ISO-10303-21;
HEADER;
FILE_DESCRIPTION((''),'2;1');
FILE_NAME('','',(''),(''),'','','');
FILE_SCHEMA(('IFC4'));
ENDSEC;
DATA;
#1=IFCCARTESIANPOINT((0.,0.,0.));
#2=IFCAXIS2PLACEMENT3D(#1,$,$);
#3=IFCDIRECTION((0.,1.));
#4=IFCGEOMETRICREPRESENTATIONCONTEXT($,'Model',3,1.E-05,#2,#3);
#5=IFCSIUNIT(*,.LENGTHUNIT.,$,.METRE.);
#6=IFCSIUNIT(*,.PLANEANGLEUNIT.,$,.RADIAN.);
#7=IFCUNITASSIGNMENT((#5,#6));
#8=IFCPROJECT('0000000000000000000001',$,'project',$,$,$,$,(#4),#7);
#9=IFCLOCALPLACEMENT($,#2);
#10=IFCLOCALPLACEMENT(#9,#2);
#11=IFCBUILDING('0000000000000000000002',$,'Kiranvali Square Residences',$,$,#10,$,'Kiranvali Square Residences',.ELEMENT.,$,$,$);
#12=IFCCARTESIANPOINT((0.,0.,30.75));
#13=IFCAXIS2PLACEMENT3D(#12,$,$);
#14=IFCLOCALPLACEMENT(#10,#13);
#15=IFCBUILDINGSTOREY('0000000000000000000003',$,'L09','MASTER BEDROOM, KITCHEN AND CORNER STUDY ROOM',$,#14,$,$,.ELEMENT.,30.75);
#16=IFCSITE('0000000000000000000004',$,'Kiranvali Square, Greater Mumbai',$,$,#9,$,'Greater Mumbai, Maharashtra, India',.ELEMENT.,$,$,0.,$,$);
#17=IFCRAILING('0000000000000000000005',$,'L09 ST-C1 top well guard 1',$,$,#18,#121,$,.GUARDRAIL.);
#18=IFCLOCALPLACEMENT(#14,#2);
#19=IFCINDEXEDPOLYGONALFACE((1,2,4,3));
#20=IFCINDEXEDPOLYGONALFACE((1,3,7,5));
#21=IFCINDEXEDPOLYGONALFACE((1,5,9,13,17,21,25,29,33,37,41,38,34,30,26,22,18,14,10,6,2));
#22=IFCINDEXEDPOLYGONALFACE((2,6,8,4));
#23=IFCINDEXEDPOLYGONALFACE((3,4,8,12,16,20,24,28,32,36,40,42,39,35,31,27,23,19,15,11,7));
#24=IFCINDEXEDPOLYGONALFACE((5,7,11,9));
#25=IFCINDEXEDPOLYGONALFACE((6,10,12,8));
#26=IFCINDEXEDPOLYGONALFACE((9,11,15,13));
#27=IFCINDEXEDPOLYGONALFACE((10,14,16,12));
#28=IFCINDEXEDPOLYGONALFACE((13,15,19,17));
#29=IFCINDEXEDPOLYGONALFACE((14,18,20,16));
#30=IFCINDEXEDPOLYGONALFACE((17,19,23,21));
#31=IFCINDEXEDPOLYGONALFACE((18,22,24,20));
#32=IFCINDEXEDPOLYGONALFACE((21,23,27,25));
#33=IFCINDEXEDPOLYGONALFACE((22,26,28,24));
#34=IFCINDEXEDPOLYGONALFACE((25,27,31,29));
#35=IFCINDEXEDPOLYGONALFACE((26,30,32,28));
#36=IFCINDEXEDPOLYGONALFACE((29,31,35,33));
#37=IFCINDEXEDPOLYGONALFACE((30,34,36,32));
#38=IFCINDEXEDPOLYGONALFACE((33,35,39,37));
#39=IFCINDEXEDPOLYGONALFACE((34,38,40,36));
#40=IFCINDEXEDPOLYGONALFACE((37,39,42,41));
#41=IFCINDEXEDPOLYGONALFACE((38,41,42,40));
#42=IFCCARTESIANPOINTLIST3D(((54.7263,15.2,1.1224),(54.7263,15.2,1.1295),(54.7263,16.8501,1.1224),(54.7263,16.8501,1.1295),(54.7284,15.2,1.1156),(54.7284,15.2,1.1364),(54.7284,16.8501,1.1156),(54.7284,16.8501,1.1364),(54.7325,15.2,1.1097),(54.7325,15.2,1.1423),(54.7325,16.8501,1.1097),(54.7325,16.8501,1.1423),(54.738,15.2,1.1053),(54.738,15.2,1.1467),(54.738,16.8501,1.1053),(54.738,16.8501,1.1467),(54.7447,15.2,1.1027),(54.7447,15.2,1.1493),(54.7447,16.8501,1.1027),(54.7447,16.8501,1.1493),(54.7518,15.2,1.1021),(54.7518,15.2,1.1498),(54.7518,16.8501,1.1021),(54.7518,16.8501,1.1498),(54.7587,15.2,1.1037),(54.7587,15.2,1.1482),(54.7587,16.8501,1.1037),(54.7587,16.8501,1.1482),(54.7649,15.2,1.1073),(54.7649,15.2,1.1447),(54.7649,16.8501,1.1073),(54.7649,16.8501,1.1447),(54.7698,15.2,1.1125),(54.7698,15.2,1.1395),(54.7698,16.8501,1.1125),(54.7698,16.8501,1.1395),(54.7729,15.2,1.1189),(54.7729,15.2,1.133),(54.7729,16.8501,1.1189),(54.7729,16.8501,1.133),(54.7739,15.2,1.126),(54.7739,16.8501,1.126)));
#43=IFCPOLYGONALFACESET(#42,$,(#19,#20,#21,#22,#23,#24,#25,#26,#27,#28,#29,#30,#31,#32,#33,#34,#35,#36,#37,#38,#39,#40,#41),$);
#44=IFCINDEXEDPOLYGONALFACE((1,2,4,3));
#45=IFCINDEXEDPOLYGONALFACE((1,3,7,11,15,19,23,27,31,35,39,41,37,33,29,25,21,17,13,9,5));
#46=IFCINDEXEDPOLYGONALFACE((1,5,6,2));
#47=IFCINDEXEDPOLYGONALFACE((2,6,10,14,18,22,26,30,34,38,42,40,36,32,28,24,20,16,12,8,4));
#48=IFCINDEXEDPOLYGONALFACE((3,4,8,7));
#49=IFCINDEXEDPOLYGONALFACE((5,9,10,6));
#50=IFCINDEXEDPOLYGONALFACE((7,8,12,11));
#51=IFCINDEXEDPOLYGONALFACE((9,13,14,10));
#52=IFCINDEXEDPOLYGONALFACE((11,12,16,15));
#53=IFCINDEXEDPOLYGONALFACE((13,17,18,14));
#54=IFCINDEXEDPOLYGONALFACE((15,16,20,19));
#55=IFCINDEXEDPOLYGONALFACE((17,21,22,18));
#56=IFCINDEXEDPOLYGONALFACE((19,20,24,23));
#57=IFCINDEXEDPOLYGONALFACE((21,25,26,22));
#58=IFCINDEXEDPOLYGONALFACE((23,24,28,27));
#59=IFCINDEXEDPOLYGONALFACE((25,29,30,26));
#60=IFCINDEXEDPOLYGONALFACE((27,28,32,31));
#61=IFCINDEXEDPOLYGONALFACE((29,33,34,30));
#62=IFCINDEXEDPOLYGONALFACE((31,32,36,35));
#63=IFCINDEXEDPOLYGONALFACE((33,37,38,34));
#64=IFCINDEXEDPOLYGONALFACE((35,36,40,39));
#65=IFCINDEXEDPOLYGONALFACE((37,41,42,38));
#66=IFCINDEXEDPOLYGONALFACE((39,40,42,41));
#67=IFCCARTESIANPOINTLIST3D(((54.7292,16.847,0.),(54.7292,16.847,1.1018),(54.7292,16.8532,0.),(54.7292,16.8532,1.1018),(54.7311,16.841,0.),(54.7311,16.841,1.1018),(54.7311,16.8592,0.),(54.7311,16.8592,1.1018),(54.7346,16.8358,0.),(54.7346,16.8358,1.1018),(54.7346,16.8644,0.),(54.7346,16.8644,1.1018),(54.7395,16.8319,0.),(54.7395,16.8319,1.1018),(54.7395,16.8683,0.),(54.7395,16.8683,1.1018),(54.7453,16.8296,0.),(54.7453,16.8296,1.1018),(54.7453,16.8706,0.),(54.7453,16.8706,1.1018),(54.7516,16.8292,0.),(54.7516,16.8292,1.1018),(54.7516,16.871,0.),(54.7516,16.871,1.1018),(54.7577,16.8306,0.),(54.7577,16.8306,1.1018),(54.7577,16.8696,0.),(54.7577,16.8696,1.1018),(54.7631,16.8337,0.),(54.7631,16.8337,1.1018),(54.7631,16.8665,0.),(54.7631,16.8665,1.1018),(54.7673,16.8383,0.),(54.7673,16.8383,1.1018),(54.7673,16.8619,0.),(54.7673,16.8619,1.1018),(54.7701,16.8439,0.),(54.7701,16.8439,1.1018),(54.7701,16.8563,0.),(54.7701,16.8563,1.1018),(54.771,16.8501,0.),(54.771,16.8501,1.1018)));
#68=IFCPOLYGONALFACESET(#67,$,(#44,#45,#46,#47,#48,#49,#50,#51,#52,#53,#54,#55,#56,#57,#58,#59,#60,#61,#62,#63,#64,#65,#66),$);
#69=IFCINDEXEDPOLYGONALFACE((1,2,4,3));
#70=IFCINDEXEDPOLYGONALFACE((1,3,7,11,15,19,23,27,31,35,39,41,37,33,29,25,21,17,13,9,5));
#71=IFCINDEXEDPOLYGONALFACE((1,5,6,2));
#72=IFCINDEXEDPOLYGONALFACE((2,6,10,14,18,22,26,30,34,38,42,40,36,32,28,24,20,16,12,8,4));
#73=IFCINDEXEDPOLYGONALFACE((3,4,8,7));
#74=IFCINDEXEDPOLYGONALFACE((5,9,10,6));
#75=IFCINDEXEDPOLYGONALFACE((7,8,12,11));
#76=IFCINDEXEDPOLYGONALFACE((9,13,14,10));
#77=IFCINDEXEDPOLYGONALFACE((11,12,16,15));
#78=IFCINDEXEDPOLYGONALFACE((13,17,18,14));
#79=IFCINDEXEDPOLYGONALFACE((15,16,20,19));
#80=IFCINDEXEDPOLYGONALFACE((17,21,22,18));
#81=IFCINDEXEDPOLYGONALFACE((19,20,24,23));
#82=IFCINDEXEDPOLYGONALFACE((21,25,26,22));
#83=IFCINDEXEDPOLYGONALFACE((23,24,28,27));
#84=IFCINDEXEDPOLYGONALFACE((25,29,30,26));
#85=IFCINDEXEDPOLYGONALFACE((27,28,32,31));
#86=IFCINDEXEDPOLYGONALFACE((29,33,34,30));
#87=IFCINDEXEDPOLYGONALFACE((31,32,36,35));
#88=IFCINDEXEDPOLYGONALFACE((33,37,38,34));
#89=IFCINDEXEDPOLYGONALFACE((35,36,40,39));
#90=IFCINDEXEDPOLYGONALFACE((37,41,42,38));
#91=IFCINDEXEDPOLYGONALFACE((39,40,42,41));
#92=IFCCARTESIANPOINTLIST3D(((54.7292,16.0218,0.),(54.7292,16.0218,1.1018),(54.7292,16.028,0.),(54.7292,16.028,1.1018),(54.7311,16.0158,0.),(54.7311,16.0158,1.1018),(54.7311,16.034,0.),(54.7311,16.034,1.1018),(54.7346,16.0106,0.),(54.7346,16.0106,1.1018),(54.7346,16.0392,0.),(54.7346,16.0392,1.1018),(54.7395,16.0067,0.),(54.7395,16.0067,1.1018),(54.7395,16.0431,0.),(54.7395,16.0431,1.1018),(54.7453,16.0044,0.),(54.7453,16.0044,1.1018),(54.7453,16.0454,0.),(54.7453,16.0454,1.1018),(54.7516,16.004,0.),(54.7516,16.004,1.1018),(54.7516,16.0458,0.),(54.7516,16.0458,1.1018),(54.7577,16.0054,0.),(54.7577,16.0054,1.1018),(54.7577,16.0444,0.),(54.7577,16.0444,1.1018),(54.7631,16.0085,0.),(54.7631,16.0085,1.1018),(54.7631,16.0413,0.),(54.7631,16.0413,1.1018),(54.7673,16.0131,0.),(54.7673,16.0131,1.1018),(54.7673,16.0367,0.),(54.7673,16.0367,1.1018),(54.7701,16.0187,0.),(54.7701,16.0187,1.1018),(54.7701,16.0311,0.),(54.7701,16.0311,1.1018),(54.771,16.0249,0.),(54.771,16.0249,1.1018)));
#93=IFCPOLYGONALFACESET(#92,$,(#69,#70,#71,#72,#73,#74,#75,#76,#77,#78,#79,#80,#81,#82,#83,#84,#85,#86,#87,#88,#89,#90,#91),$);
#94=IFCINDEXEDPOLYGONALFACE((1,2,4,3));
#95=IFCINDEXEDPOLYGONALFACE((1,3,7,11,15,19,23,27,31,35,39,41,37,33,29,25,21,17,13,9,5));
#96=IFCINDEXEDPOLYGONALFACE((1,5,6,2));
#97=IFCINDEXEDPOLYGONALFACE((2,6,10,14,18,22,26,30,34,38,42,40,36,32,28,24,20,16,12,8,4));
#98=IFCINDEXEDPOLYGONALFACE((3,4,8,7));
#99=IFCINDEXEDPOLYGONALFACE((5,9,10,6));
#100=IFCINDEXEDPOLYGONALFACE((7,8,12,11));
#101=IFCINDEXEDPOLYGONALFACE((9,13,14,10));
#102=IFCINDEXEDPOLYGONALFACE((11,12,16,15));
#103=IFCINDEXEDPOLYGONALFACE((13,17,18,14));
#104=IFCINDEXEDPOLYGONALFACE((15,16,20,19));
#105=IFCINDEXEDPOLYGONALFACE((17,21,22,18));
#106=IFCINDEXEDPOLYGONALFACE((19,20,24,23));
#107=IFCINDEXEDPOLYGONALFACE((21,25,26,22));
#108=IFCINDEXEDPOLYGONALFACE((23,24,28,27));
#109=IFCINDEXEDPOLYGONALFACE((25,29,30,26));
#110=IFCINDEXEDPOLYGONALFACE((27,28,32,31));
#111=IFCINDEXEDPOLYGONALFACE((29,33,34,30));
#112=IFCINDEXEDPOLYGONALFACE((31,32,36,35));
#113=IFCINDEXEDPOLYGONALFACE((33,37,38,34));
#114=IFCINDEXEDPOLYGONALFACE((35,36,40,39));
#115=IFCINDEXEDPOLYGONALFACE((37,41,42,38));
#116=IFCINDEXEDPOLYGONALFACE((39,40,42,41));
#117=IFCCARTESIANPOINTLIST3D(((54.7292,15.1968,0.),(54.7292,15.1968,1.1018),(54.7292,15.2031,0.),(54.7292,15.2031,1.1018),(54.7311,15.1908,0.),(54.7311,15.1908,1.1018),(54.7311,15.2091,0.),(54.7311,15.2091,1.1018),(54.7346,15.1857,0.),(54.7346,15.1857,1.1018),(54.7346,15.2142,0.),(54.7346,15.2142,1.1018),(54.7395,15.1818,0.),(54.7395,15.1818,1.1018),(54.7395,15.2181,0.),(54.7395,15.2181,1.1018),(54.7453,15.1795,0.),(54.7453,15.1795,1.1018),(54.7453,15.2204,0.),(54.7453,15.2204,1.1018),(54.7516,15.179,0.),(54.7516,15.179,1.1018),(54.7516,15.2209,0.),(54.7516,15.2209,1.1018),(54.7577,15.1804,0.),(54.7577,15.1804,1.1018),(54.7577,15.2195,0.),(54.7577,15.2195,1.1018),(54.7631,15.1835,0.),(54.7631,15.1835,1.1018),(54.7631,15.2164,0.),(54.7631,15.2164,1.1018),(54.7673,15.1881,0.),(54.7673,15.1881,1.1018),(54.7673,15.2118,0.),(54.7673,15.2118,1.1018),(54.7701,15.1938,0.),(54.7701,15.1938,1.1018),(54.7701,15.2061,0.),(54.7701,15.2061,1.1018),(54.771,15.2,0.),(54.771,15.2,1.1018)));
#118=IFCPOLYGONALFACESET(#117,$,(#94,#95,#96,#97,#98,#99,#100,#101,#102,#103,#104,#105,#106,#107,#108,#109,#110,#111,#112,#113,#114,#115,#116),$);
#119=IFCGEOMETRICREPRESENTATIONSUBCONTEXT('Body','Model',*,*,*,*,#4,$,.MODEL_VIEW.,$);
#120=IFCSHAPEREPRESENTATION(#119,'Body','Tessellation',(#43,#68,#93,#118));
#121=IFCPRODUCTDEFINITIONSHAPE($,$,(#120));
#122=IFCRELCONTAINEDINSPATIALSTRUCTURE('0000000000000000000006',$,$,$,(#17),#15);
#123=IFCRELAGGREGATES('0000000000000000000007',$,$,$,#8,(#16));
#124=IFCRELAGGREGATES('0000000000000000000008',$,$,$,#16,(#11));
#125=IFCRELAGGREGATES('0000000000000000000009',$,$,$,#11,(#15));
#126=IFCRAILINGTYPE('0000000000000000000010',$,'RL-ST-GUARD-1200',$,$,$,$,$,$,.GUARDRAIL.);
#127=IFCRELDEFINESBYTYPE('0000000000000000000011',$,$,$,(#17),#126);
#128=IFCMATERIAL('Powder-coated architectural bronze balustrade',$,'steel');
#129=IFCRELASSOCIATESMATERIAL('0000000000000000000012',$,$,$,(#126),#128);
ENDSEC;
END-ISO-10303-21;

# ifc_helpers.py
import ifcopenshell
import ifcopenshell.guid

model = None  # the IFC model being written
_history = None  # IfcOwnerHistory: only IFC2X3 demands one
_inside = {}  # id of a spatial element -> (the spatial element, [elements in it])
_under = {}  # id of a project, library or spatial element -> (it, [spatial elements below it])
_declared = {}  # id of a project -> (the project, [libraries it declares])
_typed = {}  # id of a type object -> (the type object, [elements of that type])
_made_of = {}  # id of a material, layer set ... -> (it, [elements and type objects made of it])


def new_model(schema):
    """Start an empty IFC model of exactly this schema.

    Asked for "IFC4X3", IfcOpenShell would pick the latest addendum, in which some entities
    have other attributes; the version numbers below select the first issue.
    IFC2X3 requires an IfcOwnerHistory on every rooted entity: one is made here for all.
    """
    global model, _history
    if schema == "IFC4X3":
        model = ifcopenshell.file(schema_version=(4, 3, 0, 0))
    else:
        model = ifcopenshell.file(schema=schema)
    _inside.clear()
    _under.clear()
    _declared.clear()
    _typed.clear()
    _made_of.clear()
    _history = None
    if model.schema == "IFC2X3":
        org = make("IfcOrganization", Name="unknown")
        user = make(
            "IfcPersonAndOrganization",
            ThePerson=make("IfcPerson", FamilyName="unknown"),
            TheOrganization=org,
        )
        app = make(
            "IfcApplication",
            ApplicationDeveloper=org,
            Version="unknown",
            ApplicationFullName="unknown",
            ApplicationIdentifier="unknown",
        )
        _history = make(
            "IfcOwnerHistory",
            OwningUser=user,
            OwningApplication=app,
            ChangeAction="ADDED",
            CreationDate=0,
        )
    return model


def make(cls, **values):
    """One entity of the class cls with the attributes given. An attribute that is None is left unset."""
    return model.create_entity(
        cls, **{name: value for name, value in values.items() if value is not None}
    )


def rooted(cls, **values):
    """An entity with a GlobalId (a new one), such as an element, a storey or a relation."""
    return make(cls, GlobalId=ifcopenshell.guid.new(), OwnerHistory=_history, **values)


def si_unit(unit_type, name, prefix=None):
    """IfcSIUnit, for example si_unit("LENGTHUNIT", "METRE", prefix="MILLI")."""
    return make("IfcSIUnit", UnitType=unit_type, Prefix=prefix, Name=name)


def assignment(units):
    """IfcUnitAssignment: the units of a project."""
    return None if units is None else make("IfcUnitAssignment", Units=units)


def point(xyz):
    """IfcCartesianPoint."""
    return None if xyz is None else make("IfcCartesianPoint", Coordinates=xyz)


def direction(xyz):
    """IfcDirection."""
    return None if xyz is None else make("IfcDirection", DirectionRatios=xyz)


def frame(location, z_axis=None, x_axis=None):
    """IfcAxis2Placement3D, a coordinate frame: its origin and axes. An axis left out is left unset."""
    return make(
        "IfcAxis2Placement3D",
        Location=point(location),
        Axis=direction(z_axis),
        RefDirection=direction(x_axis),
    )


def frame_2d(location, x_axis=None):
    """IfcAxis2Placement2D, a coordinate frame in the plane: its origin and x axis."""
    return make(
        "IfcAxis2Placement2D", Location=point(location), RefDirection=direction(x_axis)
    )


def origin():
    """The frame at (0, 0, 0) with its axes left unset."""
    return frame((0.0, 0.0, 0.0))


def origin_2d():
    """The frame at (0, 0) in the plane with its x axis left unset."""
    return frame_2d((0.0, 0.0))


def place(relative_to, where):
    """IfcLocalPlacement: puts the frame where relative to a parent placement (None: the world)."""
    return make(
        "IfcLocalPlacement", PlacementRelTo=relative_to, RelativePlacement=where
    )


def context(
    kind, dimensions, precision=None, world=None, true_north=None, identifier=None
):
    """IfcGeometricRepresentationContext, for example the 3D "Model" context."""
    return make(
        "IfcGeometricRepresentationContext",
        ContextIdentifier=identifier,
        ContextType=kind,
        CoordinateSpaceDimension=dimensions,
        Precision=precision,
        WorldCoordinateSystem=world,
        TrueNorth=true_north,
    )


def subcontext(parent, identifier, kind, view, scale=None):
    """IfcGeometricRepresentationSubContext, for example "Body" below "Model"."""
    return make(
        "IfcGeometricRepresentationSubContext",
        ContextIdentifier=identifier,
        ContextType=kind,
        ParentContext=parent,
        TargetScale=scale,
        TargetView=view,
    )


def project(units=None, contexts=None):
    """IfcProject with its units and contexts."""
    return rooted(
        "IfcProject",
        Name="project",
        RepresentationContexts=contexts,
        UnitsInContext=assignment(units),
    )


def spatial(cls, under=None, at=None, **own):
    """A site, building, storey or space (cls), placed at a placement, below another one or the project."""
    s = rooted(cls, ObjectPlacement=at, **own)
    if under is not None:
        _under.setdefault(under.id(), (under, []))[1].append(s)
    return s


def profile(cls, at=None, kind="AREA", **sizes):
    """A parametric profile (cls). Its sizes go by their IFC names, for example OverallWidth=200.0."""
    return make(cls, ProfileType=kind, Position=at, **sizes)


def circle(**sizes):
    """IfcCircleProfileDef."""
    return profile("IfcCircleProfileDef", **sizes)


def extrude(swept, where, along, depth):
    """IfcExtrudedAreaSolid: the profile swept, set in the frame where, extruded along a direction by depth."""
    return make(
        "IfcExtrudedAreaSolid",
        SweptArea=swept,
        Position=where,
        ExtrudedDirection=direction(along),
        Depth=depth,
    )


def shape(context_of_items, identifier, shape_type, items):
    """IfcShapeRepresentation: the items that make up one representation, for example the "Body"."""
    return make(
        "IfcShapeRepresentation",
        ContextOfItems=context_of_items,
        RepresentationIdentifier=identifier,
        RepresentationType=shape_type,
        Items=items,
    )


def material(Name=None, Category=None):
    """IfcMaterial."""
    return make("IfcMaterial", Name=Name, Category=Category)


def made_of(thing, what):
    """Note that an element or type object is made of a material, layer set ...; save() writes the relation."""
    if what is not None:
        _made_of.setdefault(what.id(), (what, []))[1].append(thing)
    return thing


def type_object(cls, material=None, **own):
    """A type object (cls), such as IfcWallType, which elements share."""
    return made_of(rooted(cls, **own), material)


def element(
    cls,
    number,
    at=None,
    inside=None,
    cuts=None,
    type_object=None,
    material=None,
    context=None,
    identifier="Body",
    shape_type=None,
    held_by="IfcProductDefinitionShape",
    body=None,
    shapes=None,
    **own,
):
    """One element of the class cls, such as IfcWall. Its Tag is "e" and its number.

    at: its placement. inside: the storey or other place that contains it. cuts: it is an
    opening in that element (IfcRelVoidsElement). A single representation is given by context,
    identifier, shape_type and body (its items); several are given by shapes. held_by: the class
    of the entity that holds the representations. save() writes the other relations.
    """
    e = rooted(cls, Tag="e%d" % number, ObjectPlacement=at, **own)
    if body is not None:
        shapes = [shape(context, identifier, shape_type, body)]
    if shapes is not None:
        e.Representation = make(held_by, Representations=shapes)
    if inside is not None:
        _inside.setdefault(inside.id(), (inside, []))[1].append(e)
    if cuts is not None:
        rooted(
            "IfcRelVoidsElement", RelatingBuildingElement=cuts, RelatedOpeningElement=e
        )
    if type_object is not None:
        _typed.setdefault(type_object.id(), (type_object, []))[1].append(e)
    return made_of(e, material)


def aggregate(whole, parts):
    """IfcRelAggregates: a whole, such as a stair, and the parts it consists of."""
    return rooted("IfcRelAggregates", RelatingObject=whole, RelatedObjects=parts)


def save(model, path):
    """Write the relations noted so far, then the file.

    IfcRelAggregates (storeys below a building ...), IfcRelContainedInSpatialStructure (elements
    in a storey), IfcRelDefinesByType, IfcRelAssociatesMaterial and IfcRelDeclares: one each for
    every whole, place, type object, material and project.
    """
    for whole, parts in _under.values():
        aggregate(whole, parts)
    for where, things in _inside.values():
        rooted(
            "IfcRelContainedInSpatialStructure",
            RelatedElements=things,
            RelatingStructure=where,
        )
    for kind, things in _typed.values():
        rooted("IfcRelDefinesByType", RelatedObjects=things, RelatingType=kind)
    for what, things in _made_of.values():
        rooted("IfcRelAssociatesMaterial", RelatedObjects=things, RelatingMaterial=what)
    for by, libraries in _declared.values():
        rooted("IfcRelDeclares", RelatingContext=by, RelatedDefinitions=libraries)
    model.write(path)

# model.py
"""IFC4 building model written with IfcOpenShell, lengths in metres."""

from ifc_helpers import new_model, si_unit, direction, frame, origin, origin_2d, place, context, subcontext, project, spatial, circle, extrude, material, type_object, element, save


model = new_model("IFC4")

# Units and contexts
model_context = context("Model", 3, precision=1e-05, world=origin(), true_north=direction((0.0, 1.0)))
body_context = subcontext(model_context, "Body", "Model", "MODEL_VIEW")
ifc_project = project(units=[si_unit("LENGTHUNIT", "METRE"), si_unit("PLANEANGLEUNIT", "RADIAN")], contexts=[model_context])

# Site, building, storey
site_placement = place(None, origin())
site = spatial("IfcSite", under=ifc_project, at=site_placement, Name="Kiranvali Square, Greater Mumbai", LongName="Greater Mumbai, Maharashtra, India", CompositionType="ELEMENT", RefElevation=0.0)
building_placement = place(site_placement, origin())
building = spatial("IfcBuilding", under=site, at=building_placement, Name="Kiranvali Square Residences", LongName="Kiranvali Square Residences", CompositionType="ELEMENT")
storey_placement = place(building_placement, frame((0.0, 0.0, 30.75)))
storey = spatial("IfcBuildingStorey", under=building, at=storey_placement, Name="L09", Description="MASTER BEDROOM, KITCHEN AND CORNER STUDY ROOM", CompositionType="ELEMENT", Elevation=30.75)

# Railing
ifc_material_1 = material(Name="Powder-coated architectural bronze balustrade", Category="steel")
railing_type = type_object("IfcRailingType", Name="RL-ST-GUARD-1200", PredefinedType="GUARDRAIL", material=ifc_material_1)
railing_placement = place(storey_placement, frame((54.75, 16.8501, 0.0)))
element("IfcRailing", 1, at=railing_placement, inside=storey, type_object=railing_type, Name="L09 ST-C1 top well guard 1", PredefinedType="GUARDRAIL", context=body_context, shape_type="SweptSolid", body=[
    extrude(circle(Radius=0.0239, at=origin_2d()), frame((0.0, 0.0, 1.126), z_axis=(0.0, -1.0, 0.0), x_axis=(1.0, 0.0, 0.0)), (0.0, 0.0, 1.0), 1.6501),
    extrude(circle(Radius=0.021, at=origin_2d()), origin(), (0.0, 0.0, 1.0), 1.1018),
    extrude(circle(Radius=0.021, at=origin_2d()), frame((0.0, -0.8252, 0.0)), (0.0, 0.0, 1.0), 1.1018),
    extrude(circle(Radius=0.021, at=origin_2d()), frame((0.0, -1.6501, 0.0)), (0.0, 0.0, 1.0), 1.1018),
])

save(model, "model.ifc")
